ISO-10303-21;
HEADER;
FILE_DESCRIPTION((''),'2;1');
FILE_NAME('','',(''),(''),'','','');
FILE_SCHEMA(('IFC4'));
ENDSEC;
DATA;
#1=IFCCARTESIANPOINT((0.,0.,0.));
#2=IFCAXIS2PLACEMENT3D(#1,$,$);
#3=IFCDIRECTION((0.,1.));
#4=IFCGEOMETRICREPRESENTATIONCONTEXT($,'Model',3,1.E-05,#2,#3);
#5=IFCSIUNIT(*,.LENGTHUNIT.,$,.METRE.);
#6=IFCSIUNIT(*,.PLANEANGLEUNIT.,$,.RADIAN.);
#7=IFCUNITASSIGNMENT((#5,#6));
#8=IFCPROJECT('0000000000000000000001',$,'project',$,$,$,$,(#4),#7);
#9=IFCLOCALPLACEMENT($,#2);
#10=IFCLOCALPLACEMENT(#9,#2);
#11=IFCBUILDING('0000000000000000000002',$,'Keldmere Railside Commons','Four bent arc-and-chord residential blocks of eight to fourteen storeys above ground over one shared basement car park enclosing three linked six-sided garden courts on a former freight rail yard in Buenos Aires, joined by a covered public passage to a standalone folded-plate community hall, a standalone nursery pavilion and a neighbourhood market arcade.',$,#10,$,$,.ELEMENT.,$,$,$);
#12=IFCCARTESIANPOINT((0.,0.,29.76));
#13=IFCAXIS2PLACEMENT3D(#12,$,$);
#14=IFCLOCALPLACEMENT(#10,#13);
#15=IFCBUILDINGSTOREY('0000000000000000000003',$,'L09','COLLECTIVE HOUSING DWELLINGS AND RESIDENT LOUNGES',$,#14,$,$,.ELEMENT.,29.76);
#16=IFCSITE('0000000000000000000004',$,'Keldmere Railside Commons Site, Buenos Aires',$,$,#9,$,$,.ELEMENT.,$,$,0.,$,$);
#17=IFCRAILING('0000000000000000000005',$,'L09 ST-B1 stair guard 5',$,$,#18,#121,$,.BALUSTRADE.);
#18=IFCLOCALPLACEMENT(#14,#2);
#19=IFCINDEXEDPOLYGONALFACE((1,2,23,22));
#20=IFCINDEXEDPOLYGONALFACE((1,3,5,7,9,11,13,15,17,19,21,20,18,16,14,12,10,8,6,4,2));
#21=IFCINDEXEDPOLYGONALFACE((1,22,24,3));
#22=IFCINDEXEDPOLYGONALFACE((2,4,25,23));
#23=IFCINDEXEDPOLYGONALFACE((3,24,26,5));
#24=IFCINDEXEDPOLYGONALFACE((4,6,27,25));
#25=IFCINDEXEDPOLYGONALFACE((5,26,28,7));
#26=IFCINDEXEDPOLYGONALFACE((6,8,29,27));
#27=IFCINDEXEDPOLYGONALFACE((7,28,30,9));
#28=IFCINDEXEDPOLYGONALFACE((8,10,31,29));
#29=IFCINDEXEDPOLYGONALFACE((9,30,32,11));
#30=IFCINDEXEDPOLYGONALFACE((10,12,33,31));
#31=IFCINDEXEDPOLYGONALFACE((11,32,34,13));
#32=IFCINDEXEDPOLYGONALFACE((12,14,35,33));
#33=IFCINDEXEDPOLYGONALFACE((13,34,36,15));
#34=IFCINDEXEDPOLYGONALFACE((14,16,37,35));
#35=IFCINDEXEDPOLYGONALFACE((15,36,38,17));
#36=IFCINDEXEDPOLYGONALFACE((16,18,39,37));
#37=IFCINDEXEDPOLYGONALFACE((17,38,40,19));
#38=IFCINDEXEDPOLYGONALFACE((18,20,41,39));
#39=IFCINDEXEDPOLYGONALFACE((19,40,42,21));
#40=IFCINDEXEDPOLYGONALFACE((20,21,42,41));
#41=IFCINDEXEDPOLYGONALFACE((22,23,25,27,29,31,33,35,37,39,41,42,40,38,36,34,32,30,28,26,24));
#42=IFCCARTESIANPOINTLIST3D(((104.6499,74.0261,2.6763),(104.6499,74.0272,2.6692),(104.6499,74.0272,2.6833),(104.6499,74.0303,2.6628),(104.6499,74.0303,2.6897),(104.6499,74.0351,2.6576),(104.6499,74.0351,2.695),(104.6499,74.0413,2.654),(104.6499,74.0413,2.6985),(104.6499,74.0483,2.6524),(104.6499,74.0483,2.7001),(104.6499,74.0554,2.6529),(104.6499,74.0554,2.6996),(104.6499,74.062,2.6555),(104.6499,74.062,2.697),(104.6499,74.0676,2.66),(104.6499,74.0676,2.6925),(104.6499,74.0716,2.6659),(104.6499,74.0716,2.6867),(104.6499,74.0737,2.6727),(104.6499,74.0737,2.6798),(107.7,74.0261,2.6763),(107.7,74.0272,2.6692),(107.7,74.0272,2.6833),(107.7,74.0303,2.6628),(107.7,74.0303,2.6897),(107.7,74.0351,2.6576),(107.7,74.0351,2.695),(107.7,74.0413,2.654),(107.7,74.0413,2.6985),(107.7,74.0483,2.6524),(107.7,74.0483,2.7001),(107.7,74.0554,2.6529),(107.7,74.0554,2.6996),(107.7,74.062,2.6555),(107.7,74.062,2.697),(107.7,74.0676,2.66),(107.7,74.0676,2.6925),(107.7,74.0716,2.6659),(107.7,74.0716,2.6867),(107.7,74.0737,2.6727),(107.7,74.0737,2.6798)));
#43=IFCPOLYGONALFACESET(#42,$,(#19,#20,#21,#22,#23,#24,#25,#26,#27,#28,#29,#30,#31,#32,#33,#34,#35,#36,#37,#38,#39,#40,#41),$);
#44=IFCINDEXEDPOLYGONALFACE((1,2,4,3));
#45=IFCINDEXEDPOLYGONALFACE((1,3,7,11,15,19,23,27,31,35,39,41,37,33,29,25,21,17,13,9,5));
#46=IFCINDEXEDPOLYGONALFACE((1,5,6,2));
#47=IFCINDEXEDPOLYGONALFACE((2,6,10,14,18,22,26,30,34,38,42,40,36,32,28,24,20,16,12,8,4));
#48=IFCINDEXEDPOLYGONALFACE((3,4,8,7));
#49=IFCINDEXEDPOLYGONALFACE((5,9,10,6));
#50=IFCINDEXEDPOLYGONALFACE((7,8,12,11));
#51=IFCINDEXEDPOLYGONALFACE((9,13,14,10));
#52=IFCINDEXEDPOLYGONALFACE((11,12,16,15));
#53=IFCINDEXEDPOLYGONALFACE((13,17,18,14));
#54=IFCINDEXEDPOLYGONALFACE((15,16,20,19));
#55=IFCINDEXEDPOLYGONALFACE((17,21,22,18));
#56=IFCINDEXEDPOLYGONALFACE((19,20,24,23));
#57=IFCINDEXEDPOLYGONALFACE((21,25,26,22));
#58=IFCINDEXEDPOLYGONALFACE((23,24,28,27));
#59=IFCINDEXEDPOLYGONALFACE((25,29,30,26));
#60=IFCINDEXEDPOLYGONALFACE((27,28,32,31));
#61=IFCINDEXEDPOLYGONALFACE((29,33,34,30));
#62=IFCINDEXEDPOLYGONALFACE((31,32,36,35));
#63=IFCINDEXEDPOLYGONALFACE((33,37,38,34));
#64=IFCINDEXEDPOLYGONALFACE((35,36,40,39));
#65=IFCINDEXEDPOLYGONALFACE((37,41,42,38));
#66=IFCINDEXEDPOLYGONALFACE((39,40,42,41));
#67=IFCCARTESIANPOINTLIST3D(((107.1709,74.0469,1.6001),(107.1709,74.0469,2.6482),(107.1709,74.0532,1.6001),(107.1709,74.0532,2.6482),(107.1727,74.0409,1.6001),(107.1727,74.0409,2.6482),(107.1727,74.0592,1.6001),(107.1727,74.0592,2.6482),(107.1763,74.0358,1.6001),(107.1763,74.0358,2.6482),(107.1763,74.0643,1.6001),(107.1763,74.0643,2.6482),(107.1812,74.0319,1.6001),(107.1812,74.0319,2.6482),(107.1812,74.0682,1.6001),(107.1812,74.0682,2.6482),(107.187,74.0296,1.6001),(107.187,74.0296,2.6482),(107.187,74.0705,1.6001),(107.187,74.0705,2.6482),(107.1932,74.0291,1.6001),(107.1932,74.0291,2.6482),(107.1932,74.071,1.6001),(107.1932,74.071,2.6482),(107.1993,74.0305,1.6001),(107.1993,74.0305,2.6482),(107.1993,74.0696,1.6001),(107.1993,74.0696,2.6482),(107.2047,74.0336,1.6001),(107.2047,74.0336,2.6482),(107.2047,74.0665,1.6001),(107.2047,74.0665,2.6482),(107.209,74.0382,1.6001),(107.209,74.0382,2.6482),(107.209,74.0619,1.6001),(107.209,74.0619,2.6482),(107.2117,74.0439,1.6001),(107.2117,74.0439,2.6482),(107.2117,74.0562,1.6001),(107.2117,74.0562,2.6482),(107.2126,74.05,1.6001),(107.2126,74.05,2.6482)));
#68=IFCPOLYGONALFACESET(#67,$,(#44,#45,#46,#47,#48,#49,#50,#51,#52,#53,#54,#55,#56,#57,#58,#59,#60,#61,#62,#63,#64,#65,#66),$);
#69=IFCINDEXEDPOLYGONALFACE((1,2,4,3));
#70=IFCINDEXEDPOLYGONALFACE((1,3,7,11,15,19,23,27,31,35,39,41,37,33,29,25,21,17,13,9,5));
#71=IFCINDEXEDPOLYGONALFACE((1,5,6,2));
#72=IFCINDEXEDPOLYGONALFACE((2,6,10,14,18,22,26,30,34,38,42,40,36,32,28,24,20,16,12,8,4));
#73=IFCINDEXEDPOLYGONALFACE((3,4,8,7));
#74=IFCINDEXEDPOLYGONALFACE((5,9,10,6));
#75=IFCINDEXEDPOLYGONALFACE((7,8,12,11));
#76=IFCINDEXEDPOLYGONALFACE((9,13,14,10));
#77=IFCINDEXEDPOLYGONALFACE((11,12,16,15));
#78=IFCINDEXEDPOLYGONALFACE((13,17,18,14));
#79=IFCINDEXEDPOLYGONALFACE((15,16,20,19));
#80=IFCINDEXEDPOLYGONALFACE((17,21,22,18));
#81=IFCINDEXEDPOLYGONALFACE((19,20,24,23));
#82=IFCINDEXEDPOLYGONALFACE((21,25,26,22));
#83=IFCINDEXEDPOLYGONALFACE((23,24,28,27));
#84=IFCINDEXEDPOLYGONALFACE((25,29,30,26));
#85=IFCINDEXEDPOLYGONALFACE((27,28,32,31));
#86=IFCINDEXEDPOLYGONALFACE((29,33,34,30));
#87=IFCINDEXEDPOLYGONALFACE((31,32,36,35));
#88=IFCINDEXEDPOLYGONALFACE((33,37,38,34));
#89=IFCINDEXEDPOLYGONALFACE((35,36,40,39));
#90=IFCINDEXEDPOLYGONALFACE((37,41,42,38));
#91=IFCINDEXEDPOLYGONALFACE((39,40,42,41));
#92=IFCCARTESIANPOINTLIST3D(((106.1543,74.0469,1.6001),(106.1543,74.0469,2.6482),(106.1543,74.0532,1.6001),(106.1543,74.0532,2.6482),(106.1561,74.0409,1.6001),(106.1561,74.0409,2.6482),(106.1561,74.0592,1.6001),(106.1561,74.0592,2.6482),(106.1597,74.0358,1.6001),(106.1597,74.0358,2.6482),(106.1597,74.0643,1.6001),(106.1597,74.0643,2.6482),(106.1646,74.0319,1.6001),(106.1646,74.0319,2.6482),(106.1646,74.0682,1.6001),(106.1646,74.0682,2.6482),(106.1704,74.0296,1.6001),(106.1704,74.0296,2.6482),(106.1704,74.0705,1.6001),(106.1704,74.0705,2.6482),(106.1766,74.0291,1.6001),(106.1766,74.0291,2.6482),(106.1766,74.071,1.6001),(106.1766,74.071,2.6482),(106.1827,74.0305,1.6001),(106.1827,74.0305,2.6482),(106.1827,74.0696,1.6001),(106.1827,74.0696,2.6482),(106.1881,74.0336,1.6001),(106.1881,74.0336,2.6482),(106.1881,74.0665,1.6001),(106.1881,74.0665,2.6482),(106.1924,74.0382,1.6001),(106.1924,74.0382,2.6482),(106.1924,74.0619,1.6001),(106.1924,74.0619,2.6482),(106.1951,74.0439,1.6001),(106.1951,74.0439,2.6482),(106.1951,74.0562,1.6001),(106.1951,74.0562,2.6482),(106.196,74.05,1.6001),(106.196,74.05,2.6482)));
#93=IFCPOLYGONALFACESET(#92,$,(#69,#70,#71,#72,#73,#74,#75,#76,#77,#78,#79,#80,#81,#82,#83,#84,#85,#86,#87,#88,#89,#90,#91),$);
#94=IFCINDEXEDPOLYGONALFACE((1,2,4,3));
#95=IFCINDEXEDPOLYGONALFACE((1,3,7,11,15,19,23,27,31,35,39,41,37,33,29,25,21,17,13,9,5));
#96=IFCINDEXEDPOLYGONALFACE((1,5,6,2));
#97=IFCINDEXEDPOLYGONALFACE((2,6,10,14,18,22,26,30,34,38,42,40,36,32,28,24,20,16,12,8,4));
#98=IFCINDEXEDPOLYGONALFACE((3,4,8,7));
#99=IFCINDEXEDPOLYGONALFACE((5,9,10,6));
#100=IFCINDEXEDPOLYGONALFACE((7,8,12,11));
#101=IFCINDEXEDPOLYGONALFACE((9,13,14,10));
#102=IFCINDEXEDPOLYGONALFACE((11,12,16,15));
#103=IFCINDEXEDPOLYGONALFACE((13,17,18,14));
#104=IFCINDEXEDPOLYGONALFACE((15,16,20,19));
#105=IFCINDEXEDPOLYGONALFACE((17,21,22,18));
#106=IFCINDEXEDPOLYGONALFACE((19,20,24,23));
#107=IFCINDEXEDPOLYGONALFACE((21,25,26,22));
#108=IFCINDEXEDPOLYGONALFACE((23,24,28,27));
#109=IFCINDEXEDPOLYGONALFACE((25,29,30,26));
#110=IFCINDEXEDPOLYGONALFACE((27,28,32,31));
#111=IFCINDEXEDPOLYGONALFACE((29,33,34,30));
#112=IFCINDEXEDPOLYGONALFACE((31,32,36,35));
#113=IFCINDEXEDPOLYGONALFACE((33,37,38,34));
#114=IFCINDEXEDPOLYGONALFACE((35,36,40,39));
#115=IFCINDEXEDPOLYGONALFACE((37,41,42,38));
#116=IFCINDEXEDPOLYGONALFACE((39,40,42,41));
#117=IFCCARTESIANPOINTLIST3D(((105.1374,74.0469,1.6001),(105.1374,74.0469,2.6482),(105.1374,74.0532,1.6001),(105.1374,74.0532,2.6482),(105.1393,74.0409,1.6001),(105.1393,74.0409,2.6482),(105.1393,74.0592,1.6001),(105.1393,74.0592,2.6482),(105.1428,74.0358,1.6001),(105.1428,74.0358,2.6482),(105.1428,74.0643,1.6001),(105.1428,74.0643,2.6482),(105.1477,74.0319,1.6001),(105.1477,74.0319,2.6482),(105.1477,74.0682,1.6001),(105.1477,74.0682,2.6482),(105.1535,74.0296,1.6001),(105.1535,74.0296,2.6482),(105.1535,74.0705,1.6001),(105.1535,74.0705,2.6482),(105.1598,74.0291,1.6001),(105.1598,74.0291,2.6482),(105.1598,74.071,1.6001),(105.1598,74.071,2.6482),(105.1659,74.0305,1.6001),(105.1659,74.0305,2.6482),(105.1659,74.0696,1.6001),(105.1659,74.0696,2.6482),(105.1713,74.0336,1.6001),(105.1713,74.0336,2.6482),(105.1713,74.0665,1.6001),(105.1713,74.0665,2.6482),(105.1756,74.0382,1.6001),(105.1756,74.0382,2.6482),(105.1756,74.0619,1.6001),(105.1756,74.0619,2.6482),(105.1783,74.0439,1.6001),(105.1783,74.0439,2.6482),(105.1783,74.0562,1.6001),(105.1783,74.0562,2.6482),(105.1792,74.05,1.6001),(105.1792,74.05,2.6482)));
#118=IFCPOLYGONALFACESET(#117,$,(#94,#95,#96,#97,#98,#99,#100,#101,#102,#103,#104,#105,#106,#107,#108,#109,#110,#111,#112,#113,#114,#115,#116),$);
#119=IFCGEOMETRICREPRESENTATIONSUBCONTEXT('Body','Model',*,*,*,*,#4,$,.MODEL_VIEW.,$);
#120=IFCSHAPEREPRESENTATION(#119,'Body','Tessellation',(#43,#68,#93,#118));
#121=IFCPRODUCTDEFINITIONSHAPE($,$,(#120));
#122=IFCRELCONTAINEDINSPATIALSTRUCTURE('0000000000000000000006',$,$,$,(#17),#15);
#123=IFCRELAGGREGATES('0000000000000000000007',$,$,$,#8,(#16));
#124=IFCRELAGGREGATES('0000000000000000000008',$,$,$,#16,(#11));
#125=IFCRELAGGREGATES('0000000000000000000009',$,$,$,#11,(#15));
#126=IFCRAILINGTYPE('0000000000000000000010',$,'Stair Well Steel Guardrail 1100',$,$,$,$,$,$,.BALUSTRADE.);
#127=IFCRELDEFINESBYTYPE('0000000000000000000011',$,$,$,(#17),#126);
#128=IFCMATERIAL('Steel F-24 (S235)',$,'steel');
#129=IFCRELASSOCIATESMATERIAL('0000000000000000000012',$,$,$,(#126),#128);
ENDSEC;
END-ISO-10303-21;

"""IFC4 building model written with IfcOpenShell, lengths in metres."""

from ifc_helpers import new_model, si_unit, direction, frame, origin, origin_2d, place, context, subcontext, project, spatial, circle, extrude, material, type_object, element, save


model = new_model("IFC4")

# Units and contexts
model_context = context("Model", 3, precision=1e-05, world=origin(), true_north=direction((0.0, 1.0)))
body_context = subcontext(model_context, "Body", "Model", "MODEL_VIEW")
ifc_project = project(units=[si_unit("LENGTHUNIT", "METRE"), si_unit("PLANEANGLEUNIT", "RADIAN")], contexts=[model_context])

# Site, building, storey
site_placement = place(None, origin())
site = spatial("IfcSite", under=ifc_project, at=site_placement, Name="Keldmere Railside Commons Site, Buenos Aires", CompositionType="ELEMENT", RefElevation=0.0)
building_placement = place(site_placement, origin())
building = spatial("IfcBuilding", under=site, at=building_placement, Name="Keldmere Railside Commons", Description="Four bent arc-and-chord residential blocks of eight to fourteen storeys above ground over one shared basement car park enclosing three linked six-sided garden courts on a former freight rail yard in Buenos Aires, joined by a covered public passage to a standalone folded-plate community hall, a standalone nursery pavilion and a neighbourhood market arcade.", CompositionType="ELEMENT")
storey_placement = place(building_placement, frame((0.0, 0.0, 29.76)))
storey = spatial("IfcBuildingStorey", under=building, at=storey_placement, Name="L09", Description="COLLECTIVE HOUSING DWELLINGS AND RESIDENT LOUNGES", CompositionType="ELEMENT", Elevation=29.76)

# Shared definitions
ifc_material_1 = material(Name="Steel F-24 (S235)", Category="steel")

# Railing
railing_type_1 = type_object("IfcRailingType", Name="Stair Well Steel Guardrail 1100", PredefinedType="BALUSTRADE", material=ifc_material_1)
railing_1_placement = place(storey_placement, frame((107.7, 74.05, 1.6001)))
element("IfcRailing", 1, at=railing_1_placement, inside=storey, type_object=railing_type_1, Name="L09 ST-B1 stair guard 5", PredefinedType="BALUSTRADE", context=body_context, shape_type="SweptSolid", body=[
    extrude(circle(Radius=0.0239, at=origin_2d()), frame((0.0, 0.0, 1.0762), z_axis=(-1.0, 0.0, 0.0), x_axis=(0.0, -1.0, 0.0)), (0.0, 0.0, 1.0), 3.05),
    extrude(circle(Radius=0.021, at=origin_2d()), frame((-0.5083, 0.0, 0.0)), (0.0, 0.0, 1.0), 1.0481),
    extrude(circle(Radius=0.021, at=origin_2d()), frame((-1.5249, 0.0, 0.0)), (0.0, 0.0, 1.0), 1.0481),
    extrude(circle(Radius=0.021, at=origin_2d()), frame((-2.5417, 0.0, 0.0)), (0.0, 0.0, 1.0), 1.0481),
])

save(model, "model.ifc")
